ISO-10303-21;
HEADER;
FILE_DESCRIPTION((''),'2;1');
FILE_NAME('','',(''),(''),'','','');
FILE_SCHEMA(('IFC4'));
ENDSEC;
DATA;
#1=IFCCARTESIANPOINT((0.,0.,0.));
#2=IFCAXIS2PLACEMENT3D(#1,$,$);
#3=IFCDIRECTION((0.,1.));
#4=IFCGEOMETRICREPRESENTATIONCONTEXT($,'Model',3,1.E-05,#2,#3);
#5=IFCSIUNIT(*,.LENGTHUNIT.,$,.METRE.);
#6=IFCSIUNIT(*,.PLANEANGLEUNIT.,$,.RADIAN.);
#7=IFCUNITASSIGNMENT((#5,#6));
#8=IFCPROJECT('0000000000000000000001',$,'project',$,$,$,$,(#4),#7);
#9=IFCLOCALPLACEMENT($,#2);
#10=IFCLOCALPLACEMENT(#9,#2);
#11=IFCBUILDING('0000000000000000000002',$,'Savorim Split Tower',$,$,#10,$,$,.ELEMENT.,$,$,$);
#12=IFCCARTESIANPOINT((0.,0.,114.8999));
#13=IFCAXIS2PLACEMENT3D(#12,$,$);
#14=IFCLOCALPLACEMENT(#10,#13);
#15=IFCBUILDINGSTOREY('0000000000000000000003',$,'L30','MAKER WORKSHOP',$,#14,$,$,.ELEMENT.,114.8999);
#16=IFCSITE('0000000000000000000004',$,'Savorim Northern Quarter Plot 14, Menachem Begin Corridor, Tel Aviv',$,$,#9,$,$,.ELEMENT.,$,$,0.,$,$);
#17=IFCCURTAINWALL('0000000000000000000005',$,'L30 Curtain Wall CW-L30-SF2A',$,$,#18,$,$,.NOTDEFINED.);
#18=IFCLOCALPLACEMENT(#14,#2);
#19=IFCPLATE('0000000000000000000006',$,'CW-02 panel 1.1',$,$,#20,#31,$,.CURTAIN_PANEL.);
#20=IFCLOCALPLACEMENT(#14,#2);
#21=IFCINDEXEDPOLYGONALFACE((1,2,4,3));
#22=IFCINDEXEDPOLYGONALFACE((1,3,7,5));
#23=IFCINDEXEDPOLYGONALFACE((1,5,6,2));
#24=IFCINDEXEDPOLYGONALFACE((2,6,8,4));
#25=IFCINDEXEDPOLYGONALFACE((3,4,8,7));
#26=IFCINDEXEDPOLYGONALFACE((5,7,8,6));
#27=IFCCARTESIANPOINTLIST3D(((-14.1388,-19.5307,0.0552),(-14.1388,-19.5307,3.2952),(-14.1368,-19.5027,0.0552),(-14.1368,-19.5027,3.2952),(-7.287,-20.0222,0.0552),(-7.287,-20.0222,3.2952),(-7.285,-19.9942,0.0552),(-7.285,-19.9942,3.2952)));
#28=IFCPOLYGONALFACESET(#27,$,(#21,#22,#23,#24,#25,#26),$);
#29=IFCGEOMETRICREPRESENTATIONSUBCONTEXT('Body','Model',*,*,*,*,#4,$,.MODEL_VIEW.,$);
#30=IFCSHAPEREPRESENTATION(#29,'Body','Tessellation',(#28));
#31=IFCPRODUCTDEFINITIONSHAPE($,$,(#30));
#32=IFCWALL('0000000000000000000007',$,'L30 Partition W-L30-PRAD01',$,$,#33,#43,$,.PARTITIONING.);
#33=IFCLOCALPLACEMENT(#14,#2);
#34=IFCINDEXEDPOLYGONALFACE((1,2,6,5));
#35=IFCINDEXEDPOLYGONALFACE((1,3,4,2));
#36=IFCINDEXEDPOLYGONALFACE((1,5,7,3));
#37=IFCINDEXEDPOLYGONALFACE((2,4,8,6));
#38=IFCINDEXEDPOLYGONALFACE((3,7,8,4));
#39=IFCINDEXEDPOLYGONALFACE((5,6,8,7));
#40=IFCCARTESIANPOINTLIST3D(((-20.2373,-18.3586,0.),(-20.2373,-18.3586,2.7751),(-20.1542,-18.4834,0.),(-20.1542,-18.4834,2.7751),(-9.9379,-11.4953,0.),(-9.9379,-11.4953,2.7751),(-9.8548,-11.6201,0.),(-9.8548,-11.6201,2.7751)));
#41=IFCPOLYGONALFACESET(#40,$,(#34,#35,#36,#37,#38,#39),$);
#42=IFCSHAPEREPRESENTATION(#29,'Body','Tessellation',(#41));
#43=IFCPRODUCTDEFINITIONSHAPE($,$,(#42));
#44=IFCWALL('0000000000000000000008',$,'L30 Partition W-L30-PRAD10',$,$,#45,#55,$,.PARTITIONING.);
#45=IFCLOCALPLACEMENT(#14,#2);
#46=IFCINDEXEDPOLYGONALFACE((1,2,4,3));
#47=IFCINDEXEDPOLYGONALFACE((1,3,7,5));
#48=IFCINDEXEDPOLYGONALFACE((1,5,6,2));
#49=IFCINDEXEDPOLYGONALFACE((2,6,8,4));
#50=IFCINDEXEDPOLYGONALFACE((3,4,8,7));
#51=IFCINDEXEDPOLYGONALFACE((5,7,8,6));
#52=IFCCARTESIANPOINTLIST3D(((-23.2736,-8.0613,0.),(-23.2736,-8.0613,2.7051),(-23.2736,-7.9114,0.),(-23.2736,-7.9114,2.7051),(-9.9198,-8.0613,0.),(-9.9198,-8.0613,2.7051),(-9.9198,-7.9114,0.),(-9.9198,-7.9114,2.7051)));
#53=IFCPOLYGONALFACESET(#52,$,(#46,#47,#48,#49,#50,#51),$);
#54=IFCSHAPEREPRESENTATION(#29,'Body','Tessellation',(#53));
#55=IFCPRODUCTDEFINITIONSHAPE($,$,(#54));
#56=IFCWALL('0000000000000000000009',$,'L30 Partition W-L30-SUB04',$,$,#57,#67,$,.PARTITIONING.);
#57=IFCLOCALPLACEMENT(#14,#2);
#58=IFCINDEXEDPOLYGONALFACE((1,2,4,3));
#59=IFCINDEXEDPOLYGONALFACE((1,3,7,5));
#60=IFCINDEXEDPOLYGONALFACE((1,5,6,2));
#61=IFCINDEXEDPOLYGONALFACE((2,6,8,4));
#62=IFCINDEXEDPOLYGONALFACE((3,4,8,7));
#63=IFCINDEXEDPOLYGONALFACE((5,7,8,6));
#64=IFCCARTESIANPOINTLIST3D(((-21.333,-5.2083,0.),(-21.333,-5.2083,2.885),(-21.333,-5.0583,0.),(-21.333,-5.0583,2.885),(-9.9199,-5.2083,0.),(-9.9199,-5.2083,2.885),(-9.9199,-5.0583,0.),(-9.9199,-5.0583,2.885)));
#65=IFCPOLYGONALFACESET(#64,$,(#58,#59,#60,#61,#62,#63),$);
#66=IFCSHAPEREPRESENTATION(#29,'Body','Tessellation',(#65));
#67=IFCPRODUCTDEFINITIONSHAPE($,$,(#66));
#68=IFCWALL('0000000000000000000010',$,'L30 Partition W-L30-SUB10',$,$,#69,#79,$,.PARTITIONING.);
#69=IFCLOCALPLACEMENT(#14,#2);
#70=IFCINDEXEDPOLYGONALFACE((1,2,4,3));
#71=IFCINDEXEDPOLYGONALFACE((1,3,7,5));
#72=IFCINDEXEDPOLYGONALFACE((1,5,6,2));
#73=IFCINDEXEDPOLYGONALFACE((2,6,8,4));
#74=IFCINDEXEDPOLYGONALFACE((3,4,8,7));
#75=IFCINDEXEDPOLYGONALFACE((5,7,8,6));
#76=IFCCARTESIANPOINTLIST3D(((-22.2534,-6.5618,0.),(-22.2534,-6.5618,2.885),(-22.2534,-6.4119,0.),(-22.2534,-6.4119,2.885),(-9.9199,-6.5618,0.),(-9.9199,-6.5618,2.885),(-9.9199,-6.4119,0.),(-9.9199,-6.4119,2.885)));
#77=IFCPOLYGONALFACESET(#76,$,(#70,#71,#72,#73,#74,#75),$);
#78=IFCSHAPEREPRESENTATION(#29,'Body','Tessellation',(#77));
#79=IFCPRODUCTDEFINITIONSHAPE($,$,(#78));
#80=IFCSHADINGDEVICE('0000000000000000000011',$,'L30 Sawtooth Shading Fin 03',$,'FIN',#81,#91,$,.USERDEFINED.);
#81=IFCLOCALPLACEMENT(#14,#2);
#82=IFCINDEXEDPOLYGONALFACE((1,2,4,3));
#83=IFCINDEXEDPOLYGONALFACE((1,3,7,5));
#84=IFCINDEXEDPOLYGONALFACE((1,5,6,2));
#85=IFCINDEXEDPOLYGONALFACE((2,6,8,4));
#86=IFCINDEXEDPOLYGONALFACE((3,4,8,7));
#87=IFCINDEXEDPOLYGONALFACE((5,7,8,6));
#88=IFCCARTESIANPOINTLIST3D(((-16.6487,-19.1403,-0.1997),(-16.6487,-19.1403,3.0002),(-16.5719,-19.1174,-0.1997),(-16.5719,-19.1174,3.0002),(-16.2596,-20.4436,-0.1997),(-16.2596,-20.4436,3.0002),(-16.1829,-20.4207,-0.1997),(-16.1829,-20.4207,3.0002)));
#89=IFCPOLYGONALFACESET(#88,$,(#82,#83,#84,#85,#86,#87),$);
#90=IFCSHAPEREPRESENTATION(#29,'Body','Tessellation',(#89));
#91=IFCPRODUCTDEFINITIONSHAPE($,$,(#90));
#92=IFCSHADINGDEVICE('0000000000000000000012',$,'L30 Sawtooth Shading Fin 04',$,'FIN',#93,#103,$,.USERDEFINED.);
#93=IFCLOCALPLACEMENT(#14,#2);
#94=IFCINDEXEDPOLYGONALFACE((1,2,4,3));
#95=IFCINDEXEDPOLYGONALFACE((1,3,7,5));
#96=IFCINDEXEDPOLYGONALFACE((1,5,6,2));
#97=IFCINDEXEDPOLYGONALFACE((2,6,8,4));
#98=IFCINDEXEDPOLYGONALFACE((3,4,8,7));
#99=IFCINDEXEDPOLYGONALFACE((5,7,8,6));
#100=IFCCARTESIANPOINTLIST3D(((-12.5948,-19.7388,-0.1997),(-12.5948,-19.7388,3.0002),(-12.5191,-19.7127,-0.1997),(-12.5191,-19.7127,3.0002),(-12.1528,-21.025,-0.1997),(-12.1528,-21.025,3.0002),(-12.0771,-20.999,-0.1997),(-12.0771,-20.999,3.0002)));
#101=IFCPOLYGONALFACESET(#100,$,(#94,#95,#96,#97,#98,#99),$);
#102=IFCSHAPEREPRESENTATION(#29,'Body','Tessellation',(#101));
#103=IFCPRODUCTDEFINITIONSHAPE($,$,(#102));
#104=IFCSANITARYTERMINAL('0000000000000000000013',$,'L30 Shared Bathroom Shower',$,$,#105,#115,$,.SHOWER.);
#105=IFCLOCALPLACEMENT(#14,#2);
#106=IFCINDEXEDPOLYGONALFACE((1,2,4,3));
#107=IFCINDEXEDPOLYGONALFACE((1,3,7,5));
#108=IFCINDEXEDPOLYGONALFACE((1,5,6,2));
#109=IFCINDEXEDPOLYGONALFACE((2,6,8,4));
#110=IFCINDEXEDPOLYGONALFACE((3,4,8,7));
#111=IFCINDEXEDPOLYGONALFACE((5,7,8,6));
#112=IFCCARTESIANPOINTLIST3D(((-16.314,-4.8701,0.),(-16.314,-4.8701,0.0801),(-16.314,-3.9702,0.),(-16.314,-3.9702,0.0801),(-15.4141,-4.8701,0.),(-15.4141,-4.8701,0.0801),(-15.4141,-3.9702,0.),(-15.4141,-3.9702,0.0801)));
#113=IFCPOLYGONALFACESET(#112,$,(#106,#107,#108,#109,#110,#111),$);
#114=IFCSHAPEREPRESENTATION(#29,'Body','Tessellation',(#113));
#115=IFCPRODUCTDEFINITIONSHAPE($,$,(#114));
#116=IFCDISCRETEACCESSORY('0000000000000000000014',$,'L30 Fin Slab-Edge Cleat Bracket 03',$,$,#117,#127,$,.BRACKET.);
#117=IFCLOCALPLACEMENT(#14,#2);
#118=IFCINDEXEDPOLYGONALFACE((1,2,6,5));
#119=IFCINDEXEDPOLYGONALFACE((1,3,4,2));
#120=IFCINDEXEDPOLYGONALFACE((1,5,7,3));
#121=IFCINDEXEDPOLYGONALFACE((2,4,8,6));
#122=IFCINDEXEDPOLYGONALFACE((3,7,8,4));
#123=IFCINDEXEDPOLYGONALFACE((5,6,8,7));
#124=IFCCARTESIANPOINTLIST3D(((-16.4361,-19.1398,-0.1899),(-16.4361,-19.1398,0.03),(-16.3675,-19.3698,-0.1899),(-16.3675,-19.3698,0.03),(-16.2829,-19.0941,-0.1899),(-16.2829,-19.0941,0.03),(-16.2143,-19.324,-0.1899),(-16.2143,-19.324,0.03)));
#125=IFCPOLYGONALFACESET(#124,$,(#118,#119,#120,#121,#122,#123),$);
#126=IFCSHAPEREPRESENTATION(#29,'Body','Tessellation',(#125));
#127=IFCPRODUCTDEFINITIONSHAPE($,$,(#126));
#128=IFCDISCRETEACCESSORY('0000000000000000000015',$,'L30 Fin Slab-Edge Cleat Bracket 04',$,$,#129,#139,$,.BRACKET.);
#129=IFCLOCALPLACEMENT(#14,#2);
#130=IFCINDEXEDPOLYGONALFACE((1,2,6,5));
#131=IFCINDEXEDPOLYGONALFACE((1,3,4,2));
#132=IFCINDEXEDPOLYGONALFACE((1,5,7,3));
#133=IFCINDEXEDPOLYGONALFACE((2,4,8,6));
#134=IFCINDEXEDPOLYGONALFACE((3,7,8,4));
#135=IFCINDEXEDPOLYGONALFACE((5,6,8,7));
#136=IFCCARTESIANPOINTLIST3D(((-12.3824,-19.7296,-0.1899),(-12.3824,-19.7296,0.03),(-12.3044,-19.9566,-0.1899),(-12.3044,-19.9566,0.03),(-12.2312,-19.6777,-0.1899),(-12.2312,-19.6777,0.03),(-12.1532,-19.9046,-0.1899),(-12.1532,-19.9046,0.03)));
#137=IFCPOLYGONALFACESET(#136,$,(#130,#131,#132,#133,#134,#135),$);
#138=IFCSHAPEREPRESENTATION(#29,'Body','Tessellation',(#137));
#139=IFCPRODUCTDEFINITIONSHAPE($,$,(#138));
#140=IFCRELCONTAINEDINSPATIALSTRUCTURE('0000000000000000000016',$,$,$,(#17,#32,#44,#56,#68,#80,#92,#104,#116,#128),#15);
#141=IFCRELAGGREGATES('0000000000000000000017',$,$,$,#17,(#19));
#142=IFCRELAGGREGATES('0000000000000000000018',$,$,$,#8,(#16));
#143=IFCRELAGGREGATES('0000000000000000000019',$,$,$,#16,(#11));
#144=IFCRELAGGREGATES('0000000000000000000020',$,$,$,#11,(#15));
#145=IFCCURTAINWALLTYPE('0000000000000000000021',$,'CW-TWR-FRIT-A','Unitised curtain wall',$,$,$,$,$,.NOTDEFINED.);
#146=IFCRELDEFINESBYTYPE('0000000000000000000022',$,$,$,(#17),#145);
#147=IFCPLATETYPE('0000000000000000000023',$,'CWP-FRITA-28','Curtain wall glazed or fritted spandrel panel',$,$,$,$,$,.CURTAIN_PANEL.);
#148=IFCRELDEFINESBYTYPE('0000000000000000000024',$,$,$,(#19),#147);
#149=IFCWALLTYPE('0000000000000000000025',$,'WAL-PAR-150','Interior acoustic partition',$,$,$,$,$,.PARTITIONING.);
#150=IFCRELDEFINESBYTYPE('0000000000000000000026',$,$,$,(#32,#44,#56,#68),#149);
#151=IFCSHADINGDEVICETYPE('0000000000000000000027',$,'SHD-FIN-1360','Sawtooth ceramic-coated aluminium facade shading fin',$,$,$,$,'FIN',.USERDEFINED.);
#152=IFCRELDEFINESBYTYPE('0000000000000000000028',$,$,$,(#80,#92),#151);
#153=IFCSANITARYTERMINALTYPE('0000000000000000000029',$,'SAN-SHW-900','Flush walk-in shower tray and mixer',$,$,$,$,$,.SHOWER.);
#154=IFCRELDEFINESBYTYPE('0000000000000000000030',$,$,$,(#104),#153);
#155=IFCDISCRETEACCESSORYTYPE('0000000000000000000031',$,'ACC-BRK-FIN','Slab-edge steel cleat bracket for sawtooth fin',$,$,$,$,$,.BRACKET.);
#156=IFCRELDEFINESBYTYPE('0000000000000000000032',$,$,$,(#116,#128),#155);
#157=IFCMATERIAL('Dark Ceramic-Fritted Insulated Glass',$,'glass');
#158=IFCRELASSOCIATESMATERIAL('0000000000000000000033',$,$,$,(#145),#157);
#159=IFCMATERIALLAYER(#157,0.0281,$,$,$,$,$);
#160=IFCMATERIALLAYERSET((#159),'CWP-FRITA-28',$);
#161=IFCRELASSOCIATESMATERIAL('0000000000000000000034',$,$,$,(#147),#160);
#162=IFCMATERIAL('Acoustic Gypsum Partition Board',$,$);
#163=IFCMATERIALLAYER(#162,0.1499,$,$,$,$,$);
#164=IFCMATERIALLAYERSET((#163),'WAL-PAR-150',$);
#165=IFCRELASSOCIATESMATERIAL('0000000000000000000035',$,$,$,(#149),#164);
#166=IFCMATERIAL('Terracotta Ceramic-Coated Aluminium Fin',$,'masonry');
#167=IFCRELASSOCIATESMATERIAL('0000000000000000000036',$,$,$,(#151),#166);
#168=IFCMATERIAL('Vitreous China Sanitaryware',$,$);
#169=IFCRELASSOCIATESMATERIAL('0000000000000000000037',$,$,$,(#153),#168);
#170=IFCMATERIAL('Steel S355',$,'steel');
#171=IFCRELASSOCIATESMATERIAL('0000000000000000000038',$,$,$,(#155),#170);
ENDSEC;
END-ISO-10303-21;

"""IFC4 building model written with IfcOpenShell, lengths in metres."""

from ifc_helpers import new_model, si_unit, direction, frame, frame_2d, origin, origin_2d, place, context, subcontext, project, spatial, rectangle, extrude, material, layer, layer_set, type_object, element, aggregate, save


model = new_model("IFC4")

# Units and contexts
model_context = context("Model", 3, precision=1e-05, world=origin(), true_north=direction((0.0, 1.0)))
body_context = subcontext(model_context, "Body", "Model", "MODEL_VIEW")
ifc_project = project(units=[si_unit("LENGTHUNIT", "METRE"), si_unit("PLANEANGLEUNIT", "RADIAN")], contexts=[model_context])

# Site, building, storey
site_placement = place(None, origin())
site = spatial("IfcSite", under=ifc_project, at=site_placement, Name="Savorim Northern Quarter Plot 14, Menachem Begin Corridor, Tel Aviv", CompositionType="ELEMENT", RefElevation=0.0)
building_placement = place(site_placement, origin())
building = spatial("IfcBuilding", under=site, at=building_placement, Name="Savorim Split Tower", CompositionType="ELEMENT")
storey_placement = place(building_placement, frame((0.0, 0.0, 114.8999)))
storey = spatial("IfcBuildingStorey", under=building, at=storey_placement, Name="L30", Description="MAKER WORKSHOP", CompositionType="ELEMENT", Elevation=114.8999)

# Shared definitions
ifc_material_1 = material(Name="Steel S355", Category="steel")

# Curtain wall
ifc_material_2 = material(Name="Dark Ceramic-Fritted Insulated Glass", Category="glass")
curtain_wall_type = type_object("IfcCurtainWallType", Name="CW-TWR-FRIT-A", Description="Unitised curtain wall", PredefinedType="NOTDEFINED", material=ifc_material_2)
curtain_wall_1_placement = place(storey_placement, origin())
curtain_wall_1 = element("IfcCurtainWall", 1, at=curtain_wall_1_placement, inside=storey, type_object=curtain_wall_type, Name="L30 Curtain Wall CW-L30-SF2A", PredefinedType="NOTDEFINED")

# Plate
ifc_layer_1 = layer(ifc_material_2, 0.0281)
ifc_layer_set_1 = layer_set([ifc_layer_1], Name="CWP-FRITA-28")
plate_type = type_object("IfcPlateType", Name="CWP-FRITA-28", Description="Curtain wall glazed or fritted spandrel panel", PredefinedType="CURTAIN_PANEL", material=ifc_layer_set_1)
plate_1_placement = place(storey_placement, frame((-10.7119, -19.7625, 0.0552), z_axis=(0.0, 0.0, 1.0), x_axis=(0.997437, -0.071549, 0.0)))
plate_1 = element("IfcPlate", 2, at=plate_1_placement, type_object=plate_type, Name="CW-02 panel 1.1", PredefinedType="CURTAIN_PANEL", context=body_context, shape_type="SweptSolid", body=[
    extrude(rectangle(XDim=6.8694, YDim=0.0281, at=origin_2d()), origin(), (0.0, 0.0, 1.0), 3.24),
])
aggregate(curtain_wall_1, [plate_1])

# Walls
ifc_material_3 = material(Name="Acoustic Gypsum Partition Board")
ifc_layer_2 = layer(ifc_material_3, 0.1499)
ifc_layer_set_2 = layer_set([ifc_layer_2], Name="WAL-PAR-150")
wall_type = type_object("IfcWallType", Name="WAL-PAR-150", Description="Interior acoustic partition", PredefinedType="PARTITIONING", material=ifc_layer_set_2)
wall_1_placement = place(storey_placement, frame((-9.8962, -11.5576, 0.0), z_axis=(0.0, 0.0, 1.0), x_axis=(-0.83216, -0.554536, 0.0)))
element("IfcWall", 3, at=wall_1_placement, inside=storey, type_object=wall_type, Name="L30 Partition W-L30-PRAD01", PredefinedType="PARTITIONING", context=body_context, shape_type="SweptSolid", body=[
    extrude(rectangle(XDim=12.3767, YDim=0.1499, at=frame_2d((6.1885, 0.0))), origin(), (0.0, 0.0, 1.0), 2.7751),
])
wall_2_placement = place(storey_placement, frame((-9.9199, -7.9863, 0.0), z_axis=(0.0, 0.0, 1.0), x_axis=(-1.0, 0.0, 0.0)))
element("IfcWall", 4, at=wall_2_placement, inside=storey, type_object=wall_type, Name="L30 Partition W-L30-PRAD10", PredefinedType="PARTITIONING", context=body_context, shape_type="SweptSolid", body=[
    extrude(rectangle(XDim=13.3538, YDim=0.1499, at=frame_2d((6.6768, 0.0))), origin(), (0.0, 0.0, 1.0), 2.7051),
])
wall_3_placement = place(storey_placement, frame((-9.9199, -5.1333, 0.0), z_axis=(0.0, 0.0, 1.0), x_axis=(-1.0, 0.0, 0.0)))
element("IfcWall", 5, at=wall_3_placement, inside=storey, type_object=wall_type, Name="L30 Partition W-L30-SUB04", PredefinedType="PARTITIONING", context=body_context, shape_type="SweptSolid", body=[
    extrude(rectangle(XDim=11.4131, YDim=0.1499, at=frame_2d((5.7065, 0.0))), origin(), (0.0, 0.0, 1.0), 2.885),
])
wall_4_placement = place(storey_placement, frame((-9.9199, -6.4868, 0.0), z_axis=(0.0, 0.0, 1.0), x_axis=(-1.0, 0.0, 0.0)))
element("IfcWall", 6, at=wall_4_placement, inside=storey, type_object=wall_type, Name="L30 Partition W-L30-SUB10", PredefinedType="PARTITIONING", context=body_context, shape_type="SweptSolid", body=[
    extrude(rectangle(XDim=12.3335, YDim=0.1499, at=frame_2d((6.1667, 0.0))), origin(), (0.0, 0.0, 1.0), 2.885),
])

# Shading devices
ifc_material_4 = material(Name="Terracotta Ceramic-Coated Aluminium Fin", Category="masonry")
shading_device_type = type_object("IfcShadingDeviceType", Name="SHD-FIN-1360", Description="Sawtooth ceramic-coated aluminium facade shading fin", ElementType="FIN", PredefinedType="USERDEFINED", material=ifc_material_4)
for number, where, z_axis, x_axis, name in (
    (7, (-16.4158, -19.7805, -0.1997), (0.0, 0.0, 1.0), (0.286026, -0.958222, 0.0), "L30 Sawtooth Shading Fin 03"),
    (8, (-12.3359, -20.3689, -0.1997), (0.0, 0.0, 1.0), (0.324994, -0.945716, 0.0), "L30 Sawtooth Shading Fin 04"),
):
    element("IfcShadingDevice", number, at=place(storey_placement, frame(where, z_axis=z_axis, x_axis=x_axis)), inside=storey, type_object=shading_device_type, Name=name, ObjectType="FIN", PredefinedType="USERDEFINED", context=body_context, shape_type="SweptSolid", body=[
        extrude(rectangle(XDim=1.3601, YDim=0.0801, at=origin_2d()), origin(), (0.0, 0.0, 1.0), 3.2),
    ])

# Sanitary terminal
ifc_material_5 = material(Name="Vitreous China Sanitaryware")
sanitary_terminal_type = type_object("IfcSanitaryTerminalType", Name="SAN-SHW-900", Description="Flush walk-in shower tray and mixer", PredefinedType="SHOWER", material=ifc_material_5)
sanitary_terminal_placement = place(storey_placement, frame((-15.864, -4.4202, 0.0), z_axis=(0.0, 0.0, 1.0), x_axis=(1.0, 0.0, 0.0)))
element("IfcSanitaryTerminal", 9, at=sanitary_terminal_placement, inside=storey, type_object=sanitary_terminal_type, Name="L30 Shared Bathroom Shower", PredefinedType="SHOWER", context=body_context, shape_type="SweptSolid", body=[
    extrude(rectangle(XDim=0.8999, YDim=0.8999, at=origin_2d()), origin(), (0.0, 0.0, 1.0), 0.0801),
])

# Discrete accessories
discrete_accessory_type = type_object("IfcDiscreteAccessoryType", Name="ACC-BRK-FIN", Description="Slab-edge steel cleat bracket for sawtooth fin", PredefinedType="BRACKET", material=ifc_material_1)
for number, where, z_axis, x_axis, name in (
    (10, (-16.3252, -19.2319, -0.1899), (0.0, 0.0, 1.0), (0.286026, -0.958222, 0.0), "L30 Fin Slab-Edge Cleat Bracket 03"),
    (11, (-12.2678, -19.8171, -0.1899), (0.0, 0.0, 1.0), (0.324994, -0.945716, 0.0), "L30 Fin Slab-Edge Cleat Bracket 04"),
):
    element("IfcDiscreteAccessory", number, at=place(storey_placement, frame(where, z_axis=z_axis, x_axis=x_axis)), inside=storey, type_object=discrete_accessory_type, Name=name, PredefinedType="BRACKET", context=body_context, shape_type="SweptSolid", body=[
        extrude(rectangle(XDim=0.24, YDim=0.1599, at=origin_2d()), origin(), (0.0, 0.0, 1.0), 0.22),
    ])

save(model, "model.ifc")
